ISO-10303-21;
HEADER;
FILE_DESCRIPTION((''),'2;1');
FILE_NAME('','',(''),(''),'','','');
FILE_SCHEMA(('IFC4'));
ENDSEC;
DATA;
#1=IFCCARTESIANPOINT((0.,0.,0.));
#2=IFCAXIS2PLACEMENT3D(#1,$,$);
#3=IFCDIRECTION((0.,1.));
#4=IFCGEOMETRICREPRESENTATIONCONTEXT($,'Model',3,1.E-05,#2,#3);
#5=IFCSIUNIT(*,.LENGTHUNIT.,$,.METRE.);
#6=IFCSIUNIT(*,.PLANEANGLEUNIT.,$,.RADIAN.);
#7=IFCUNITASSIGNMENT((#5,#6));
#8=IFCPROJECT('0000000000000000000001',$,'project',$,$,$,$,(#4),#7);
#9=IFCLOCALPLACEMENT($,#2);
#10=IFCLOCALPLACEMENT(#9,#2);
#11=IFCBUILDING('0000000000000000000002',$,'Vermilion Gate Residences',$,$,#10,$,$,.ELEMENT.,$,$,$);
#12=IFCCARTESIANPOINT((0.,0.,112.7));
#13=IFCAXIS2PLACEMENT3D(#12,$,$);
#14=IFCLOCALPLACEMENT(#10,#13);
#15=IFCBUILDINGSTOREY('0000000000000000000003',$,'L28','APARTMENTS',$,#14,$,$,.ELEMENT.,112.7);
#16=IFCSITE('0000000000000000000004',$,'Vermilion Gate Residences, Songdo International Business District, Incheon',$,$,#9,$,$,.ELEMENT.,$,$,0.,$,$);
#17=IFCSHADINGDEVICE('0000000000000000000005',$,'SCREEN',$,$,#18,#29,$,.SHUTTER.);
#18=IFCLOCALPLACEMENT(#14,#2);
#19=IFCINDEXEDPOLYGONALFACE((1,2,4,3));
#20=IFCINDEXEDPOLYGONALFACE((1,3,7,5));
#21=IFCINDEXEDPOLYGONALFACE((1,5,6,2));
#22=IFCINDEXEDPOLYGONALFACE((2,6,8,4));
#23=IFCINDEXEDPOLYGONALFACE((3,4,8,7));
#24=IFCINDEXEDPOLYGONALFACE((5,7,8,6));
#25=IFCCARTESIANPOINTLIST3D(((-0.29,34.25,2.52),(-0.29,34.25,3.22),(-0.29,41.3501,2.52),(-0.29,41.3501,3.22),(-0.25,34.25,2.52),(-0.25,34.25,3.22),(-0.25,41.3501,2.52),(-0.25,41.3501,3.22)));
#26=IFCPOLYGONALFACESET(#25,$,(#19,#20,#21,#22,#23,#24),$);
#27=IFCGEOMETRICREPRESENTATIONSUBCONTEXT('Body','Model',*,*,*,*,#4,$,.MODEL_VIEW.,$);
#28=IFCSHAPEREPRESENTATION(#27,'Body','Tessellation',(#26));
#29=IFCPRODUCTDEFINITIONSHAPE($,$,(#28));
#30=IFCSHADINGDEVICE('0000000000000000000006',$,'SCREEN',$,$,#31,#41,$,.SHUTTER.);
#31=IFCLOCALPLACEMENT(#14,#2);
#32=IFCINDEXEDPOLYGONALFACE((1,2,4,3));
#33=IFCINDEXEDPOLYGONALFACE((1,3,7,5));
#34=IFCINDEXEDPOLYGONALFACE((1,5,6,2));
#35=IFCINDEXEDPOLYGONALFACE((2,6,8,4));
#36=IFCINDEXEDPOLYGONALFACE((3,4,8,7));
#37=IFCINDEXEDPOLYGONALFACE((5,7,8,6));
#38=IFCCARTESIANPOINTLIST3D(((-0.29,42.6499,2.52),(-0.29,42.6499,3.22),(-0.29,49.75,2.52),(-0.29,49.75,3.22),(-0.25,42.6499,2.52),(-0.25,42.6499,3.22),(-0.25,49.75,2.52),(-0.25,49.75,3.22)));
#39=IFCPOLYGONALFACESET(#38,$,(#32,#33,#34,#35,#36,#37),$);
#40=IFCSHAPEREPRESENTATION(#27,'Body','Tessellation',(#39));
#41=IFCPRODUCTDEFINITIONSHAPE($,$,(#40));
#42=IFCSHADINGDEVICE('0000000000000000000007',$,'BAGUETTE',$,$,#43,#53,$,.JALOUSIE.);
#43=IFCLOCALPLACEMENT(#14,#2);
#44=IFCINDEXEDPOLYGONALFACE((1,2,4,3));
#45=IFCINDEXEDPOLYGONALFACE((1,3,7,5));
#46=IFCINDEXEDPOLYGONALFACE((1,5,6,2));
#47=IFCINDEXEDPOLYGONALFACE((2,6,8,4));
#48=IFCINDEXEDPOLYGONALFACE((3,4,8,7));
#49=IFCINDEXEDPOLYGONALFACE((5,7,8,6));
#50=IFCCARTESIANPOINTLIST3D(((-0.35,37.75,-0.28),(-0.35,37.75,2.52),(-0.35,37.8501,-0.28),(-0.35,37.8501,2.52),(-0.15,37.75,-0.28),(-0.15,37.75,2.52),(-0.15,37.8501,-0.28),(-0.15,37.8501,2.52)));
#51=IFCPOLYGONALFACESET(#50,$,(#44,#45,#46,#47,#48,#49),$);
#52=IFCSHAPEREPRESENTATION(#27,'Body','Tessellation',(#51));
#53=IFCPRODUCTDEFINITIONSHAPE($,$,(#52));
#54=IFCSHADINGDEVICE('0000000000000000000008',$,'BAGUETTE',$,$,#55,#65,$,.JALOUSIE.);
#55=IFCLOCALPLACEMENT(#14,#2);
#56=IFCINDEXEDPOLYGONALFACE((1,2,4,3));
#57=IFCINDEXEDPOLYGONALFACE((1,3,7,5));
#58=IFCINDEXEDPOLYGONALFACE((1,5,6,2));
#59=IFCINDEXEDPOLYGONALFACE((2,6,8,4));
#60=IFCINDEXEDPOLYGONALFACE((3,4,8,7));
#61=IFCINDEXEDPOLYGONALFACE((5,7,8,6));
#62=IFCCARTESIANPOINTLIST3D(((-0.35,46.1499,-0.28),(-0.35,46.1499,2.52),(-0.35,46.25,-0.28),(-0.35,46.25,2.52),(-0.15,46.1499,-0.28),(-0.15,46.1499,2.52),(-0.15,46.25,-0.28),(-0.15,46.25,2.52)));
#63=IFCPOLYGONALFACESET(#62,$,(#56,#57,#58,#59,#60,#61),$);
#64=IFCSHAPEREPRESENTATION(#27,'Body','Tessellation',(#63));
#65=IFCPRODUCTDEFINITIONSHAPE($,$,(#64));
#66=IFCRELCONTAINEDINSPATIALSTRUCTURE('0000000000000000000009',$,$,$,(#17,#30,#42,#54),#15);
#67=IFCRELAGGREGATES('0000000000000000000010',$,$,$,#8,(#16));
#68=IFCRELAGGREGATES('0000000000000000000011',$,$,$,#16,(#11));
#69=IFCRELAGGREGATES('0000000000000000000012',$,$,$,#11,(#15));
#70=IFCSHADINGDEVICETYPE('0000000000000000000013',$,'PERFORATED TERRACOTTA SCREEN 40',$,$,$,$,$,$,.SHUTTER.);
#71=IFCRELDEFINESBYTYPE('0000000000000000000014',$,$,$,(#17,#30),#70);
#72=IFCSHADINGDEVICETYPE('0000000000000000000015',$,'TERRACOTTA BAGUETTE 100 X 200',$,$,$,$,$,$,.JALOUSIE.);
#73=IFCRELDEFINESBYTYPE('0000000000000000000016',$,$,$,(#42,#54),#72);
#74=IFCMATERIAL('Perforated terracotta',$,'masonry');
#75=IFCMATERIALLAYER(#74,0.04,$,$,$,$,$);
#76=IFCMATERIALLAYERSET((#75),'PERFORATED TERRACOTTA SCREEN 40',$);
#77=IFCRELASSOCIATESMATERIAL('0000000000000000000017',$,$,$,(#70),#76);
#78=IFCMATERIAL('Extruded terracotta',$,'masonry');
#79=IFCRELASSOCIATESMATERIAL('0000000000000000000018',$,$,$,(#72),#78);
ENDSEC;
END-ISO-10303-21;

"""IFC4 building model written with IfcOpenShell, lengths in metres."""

from ifc_helpers import new_model, si_unit, direction, frame, origin, origin_2d, place, context, subcontext, project, spatial, rectangle, extrude, material, layer, layer_set, material_profile, profile_set, type_object, element, save


model = new_model("IFC4")

# Units and contexts
model_context = context("Model", 3, precision=1e-05, world=origin(), true_north=direction((0.0, 1.0)))
body_context = subcontext(model_context, "Body", "Model", "MODEL_VIEW")
ifc_project = project(units=[si_unit("LENGTHUNIT", "METRE"), si_unit("PLANEANGLEUNIT", "RADIAN")], contexts=[model_context])

# Site, building, storey
site_placement = place(None, origin())
site = spatial("IfcSite", under=ifc_project, at=site_placement, Name="Vermilion Gate Residences, Songdo International Business District, Incheon", CompositionType="ELEMENT", RefElevation=0.0)
building_placement = place(site_placement, origin())
building = spatial("IfcBuilding", under=site, at=building_placement, Name="Vermilion Gate Residences", CompositionType="ELEMENT")
storey_placement = place(building_placement, frame((0.0, 0.0, 112.7)))
storey = spatial("IfcBuildingStorey", under=building, at=storey_placement, Name="L28", Description="APARTMENTS", CompositionType="ELEMENT", Elevation=112.7)

# Shading devices
ifc_material_1 = material(Name="Perforated terracotta", Category="masonry")
ifc_layer_1 = layer(ifc_material_1, 0.04)
ifc_layer_set_1 = layer_set([ifc_layer_1], Name="PERFORATED TERRACOTTA SCREEN 40")
shading_device_type_1 = type_object("IfcShadingDeviceType", Name="PERFORATED TERRACOTTA SCREEN 40", PredefinedType="SHUTTER", material=ifc_layer_set_1)
for number, where, z_axis, x_axis, name in (
    (1, (-0.27, 37.8, 2.52), (0.0, 0.0, 1.0), (0.0, -1.0, 0.0), "SCREEN"),
    (2, (-0.27, 46.2, 2.52), (0.0, 0.0, 1.0), (0.0, -1.0, 0.0), "SCREEN"),
):
    element("IfcShadingDevice", number, at=place(storey_placement, frame(where, z_axis=z_axis, x_axis=x_axis)), inside=storey, type_object=shading_device_type_1, Name=name, PredefinedType="SHUTTER", context=body_context, shape_type="SweptSolid", body=[
        extrude(rectangle(XDim=7.1001, YDim=0.04, at=origin_2d()), origin(), (0.0, 0.0, 1.0), 0.7),
    ])
ifc_material_2 = material(Name="Extruded terracotta", Category="masonry")
ifc_material_profile_1 = material_profile(ifc_material_2, rectangle(XDim=0.2, YDim=0.1001, at=origin_2d()), Name="BAGUETTE 100 X 200")
ifc_profile_set_1 = profile_set([ifc_material_profile_1], Name="Extruded terracotta")
shading_device_type_2 = type_object("IfcShadingDeviceType", Name="TERRACOTTA BAGUETTE 100 X 200", PredefinedType="JALOUSIE", material=ifc_profile_set_1)
for number, where, z_axis, x_axis, name in (
    (3, (-0.25, 37.8, -0.28), (0.0, 0.0, 1.0), (1.0, 0.0, 0.0), "BAGUETTE"),
    (4, (-0.25, 46.2, -0.28), (0.0, 0.0, 1.0), (1.0, 0.0, 0.0), "BAGUETTE"),
):
    element("IfcShadingDevice", number, at=place(storey_placement, frame(where, z_axis=z_axis, x_axis=x_axis)), inside=storey, type_object=shading_device_type_2, Name=name, PredefinedType="JALOUSIE", context=body_context, shape_type="SweptSolid", body=[
        extrude(rectangle(XDim=0.2, YDim=0.1001, at=origin_2d()), origin(), (0.0, 0.0, 1.0), 2.8),
    ])

save(model, "model.ifc")
